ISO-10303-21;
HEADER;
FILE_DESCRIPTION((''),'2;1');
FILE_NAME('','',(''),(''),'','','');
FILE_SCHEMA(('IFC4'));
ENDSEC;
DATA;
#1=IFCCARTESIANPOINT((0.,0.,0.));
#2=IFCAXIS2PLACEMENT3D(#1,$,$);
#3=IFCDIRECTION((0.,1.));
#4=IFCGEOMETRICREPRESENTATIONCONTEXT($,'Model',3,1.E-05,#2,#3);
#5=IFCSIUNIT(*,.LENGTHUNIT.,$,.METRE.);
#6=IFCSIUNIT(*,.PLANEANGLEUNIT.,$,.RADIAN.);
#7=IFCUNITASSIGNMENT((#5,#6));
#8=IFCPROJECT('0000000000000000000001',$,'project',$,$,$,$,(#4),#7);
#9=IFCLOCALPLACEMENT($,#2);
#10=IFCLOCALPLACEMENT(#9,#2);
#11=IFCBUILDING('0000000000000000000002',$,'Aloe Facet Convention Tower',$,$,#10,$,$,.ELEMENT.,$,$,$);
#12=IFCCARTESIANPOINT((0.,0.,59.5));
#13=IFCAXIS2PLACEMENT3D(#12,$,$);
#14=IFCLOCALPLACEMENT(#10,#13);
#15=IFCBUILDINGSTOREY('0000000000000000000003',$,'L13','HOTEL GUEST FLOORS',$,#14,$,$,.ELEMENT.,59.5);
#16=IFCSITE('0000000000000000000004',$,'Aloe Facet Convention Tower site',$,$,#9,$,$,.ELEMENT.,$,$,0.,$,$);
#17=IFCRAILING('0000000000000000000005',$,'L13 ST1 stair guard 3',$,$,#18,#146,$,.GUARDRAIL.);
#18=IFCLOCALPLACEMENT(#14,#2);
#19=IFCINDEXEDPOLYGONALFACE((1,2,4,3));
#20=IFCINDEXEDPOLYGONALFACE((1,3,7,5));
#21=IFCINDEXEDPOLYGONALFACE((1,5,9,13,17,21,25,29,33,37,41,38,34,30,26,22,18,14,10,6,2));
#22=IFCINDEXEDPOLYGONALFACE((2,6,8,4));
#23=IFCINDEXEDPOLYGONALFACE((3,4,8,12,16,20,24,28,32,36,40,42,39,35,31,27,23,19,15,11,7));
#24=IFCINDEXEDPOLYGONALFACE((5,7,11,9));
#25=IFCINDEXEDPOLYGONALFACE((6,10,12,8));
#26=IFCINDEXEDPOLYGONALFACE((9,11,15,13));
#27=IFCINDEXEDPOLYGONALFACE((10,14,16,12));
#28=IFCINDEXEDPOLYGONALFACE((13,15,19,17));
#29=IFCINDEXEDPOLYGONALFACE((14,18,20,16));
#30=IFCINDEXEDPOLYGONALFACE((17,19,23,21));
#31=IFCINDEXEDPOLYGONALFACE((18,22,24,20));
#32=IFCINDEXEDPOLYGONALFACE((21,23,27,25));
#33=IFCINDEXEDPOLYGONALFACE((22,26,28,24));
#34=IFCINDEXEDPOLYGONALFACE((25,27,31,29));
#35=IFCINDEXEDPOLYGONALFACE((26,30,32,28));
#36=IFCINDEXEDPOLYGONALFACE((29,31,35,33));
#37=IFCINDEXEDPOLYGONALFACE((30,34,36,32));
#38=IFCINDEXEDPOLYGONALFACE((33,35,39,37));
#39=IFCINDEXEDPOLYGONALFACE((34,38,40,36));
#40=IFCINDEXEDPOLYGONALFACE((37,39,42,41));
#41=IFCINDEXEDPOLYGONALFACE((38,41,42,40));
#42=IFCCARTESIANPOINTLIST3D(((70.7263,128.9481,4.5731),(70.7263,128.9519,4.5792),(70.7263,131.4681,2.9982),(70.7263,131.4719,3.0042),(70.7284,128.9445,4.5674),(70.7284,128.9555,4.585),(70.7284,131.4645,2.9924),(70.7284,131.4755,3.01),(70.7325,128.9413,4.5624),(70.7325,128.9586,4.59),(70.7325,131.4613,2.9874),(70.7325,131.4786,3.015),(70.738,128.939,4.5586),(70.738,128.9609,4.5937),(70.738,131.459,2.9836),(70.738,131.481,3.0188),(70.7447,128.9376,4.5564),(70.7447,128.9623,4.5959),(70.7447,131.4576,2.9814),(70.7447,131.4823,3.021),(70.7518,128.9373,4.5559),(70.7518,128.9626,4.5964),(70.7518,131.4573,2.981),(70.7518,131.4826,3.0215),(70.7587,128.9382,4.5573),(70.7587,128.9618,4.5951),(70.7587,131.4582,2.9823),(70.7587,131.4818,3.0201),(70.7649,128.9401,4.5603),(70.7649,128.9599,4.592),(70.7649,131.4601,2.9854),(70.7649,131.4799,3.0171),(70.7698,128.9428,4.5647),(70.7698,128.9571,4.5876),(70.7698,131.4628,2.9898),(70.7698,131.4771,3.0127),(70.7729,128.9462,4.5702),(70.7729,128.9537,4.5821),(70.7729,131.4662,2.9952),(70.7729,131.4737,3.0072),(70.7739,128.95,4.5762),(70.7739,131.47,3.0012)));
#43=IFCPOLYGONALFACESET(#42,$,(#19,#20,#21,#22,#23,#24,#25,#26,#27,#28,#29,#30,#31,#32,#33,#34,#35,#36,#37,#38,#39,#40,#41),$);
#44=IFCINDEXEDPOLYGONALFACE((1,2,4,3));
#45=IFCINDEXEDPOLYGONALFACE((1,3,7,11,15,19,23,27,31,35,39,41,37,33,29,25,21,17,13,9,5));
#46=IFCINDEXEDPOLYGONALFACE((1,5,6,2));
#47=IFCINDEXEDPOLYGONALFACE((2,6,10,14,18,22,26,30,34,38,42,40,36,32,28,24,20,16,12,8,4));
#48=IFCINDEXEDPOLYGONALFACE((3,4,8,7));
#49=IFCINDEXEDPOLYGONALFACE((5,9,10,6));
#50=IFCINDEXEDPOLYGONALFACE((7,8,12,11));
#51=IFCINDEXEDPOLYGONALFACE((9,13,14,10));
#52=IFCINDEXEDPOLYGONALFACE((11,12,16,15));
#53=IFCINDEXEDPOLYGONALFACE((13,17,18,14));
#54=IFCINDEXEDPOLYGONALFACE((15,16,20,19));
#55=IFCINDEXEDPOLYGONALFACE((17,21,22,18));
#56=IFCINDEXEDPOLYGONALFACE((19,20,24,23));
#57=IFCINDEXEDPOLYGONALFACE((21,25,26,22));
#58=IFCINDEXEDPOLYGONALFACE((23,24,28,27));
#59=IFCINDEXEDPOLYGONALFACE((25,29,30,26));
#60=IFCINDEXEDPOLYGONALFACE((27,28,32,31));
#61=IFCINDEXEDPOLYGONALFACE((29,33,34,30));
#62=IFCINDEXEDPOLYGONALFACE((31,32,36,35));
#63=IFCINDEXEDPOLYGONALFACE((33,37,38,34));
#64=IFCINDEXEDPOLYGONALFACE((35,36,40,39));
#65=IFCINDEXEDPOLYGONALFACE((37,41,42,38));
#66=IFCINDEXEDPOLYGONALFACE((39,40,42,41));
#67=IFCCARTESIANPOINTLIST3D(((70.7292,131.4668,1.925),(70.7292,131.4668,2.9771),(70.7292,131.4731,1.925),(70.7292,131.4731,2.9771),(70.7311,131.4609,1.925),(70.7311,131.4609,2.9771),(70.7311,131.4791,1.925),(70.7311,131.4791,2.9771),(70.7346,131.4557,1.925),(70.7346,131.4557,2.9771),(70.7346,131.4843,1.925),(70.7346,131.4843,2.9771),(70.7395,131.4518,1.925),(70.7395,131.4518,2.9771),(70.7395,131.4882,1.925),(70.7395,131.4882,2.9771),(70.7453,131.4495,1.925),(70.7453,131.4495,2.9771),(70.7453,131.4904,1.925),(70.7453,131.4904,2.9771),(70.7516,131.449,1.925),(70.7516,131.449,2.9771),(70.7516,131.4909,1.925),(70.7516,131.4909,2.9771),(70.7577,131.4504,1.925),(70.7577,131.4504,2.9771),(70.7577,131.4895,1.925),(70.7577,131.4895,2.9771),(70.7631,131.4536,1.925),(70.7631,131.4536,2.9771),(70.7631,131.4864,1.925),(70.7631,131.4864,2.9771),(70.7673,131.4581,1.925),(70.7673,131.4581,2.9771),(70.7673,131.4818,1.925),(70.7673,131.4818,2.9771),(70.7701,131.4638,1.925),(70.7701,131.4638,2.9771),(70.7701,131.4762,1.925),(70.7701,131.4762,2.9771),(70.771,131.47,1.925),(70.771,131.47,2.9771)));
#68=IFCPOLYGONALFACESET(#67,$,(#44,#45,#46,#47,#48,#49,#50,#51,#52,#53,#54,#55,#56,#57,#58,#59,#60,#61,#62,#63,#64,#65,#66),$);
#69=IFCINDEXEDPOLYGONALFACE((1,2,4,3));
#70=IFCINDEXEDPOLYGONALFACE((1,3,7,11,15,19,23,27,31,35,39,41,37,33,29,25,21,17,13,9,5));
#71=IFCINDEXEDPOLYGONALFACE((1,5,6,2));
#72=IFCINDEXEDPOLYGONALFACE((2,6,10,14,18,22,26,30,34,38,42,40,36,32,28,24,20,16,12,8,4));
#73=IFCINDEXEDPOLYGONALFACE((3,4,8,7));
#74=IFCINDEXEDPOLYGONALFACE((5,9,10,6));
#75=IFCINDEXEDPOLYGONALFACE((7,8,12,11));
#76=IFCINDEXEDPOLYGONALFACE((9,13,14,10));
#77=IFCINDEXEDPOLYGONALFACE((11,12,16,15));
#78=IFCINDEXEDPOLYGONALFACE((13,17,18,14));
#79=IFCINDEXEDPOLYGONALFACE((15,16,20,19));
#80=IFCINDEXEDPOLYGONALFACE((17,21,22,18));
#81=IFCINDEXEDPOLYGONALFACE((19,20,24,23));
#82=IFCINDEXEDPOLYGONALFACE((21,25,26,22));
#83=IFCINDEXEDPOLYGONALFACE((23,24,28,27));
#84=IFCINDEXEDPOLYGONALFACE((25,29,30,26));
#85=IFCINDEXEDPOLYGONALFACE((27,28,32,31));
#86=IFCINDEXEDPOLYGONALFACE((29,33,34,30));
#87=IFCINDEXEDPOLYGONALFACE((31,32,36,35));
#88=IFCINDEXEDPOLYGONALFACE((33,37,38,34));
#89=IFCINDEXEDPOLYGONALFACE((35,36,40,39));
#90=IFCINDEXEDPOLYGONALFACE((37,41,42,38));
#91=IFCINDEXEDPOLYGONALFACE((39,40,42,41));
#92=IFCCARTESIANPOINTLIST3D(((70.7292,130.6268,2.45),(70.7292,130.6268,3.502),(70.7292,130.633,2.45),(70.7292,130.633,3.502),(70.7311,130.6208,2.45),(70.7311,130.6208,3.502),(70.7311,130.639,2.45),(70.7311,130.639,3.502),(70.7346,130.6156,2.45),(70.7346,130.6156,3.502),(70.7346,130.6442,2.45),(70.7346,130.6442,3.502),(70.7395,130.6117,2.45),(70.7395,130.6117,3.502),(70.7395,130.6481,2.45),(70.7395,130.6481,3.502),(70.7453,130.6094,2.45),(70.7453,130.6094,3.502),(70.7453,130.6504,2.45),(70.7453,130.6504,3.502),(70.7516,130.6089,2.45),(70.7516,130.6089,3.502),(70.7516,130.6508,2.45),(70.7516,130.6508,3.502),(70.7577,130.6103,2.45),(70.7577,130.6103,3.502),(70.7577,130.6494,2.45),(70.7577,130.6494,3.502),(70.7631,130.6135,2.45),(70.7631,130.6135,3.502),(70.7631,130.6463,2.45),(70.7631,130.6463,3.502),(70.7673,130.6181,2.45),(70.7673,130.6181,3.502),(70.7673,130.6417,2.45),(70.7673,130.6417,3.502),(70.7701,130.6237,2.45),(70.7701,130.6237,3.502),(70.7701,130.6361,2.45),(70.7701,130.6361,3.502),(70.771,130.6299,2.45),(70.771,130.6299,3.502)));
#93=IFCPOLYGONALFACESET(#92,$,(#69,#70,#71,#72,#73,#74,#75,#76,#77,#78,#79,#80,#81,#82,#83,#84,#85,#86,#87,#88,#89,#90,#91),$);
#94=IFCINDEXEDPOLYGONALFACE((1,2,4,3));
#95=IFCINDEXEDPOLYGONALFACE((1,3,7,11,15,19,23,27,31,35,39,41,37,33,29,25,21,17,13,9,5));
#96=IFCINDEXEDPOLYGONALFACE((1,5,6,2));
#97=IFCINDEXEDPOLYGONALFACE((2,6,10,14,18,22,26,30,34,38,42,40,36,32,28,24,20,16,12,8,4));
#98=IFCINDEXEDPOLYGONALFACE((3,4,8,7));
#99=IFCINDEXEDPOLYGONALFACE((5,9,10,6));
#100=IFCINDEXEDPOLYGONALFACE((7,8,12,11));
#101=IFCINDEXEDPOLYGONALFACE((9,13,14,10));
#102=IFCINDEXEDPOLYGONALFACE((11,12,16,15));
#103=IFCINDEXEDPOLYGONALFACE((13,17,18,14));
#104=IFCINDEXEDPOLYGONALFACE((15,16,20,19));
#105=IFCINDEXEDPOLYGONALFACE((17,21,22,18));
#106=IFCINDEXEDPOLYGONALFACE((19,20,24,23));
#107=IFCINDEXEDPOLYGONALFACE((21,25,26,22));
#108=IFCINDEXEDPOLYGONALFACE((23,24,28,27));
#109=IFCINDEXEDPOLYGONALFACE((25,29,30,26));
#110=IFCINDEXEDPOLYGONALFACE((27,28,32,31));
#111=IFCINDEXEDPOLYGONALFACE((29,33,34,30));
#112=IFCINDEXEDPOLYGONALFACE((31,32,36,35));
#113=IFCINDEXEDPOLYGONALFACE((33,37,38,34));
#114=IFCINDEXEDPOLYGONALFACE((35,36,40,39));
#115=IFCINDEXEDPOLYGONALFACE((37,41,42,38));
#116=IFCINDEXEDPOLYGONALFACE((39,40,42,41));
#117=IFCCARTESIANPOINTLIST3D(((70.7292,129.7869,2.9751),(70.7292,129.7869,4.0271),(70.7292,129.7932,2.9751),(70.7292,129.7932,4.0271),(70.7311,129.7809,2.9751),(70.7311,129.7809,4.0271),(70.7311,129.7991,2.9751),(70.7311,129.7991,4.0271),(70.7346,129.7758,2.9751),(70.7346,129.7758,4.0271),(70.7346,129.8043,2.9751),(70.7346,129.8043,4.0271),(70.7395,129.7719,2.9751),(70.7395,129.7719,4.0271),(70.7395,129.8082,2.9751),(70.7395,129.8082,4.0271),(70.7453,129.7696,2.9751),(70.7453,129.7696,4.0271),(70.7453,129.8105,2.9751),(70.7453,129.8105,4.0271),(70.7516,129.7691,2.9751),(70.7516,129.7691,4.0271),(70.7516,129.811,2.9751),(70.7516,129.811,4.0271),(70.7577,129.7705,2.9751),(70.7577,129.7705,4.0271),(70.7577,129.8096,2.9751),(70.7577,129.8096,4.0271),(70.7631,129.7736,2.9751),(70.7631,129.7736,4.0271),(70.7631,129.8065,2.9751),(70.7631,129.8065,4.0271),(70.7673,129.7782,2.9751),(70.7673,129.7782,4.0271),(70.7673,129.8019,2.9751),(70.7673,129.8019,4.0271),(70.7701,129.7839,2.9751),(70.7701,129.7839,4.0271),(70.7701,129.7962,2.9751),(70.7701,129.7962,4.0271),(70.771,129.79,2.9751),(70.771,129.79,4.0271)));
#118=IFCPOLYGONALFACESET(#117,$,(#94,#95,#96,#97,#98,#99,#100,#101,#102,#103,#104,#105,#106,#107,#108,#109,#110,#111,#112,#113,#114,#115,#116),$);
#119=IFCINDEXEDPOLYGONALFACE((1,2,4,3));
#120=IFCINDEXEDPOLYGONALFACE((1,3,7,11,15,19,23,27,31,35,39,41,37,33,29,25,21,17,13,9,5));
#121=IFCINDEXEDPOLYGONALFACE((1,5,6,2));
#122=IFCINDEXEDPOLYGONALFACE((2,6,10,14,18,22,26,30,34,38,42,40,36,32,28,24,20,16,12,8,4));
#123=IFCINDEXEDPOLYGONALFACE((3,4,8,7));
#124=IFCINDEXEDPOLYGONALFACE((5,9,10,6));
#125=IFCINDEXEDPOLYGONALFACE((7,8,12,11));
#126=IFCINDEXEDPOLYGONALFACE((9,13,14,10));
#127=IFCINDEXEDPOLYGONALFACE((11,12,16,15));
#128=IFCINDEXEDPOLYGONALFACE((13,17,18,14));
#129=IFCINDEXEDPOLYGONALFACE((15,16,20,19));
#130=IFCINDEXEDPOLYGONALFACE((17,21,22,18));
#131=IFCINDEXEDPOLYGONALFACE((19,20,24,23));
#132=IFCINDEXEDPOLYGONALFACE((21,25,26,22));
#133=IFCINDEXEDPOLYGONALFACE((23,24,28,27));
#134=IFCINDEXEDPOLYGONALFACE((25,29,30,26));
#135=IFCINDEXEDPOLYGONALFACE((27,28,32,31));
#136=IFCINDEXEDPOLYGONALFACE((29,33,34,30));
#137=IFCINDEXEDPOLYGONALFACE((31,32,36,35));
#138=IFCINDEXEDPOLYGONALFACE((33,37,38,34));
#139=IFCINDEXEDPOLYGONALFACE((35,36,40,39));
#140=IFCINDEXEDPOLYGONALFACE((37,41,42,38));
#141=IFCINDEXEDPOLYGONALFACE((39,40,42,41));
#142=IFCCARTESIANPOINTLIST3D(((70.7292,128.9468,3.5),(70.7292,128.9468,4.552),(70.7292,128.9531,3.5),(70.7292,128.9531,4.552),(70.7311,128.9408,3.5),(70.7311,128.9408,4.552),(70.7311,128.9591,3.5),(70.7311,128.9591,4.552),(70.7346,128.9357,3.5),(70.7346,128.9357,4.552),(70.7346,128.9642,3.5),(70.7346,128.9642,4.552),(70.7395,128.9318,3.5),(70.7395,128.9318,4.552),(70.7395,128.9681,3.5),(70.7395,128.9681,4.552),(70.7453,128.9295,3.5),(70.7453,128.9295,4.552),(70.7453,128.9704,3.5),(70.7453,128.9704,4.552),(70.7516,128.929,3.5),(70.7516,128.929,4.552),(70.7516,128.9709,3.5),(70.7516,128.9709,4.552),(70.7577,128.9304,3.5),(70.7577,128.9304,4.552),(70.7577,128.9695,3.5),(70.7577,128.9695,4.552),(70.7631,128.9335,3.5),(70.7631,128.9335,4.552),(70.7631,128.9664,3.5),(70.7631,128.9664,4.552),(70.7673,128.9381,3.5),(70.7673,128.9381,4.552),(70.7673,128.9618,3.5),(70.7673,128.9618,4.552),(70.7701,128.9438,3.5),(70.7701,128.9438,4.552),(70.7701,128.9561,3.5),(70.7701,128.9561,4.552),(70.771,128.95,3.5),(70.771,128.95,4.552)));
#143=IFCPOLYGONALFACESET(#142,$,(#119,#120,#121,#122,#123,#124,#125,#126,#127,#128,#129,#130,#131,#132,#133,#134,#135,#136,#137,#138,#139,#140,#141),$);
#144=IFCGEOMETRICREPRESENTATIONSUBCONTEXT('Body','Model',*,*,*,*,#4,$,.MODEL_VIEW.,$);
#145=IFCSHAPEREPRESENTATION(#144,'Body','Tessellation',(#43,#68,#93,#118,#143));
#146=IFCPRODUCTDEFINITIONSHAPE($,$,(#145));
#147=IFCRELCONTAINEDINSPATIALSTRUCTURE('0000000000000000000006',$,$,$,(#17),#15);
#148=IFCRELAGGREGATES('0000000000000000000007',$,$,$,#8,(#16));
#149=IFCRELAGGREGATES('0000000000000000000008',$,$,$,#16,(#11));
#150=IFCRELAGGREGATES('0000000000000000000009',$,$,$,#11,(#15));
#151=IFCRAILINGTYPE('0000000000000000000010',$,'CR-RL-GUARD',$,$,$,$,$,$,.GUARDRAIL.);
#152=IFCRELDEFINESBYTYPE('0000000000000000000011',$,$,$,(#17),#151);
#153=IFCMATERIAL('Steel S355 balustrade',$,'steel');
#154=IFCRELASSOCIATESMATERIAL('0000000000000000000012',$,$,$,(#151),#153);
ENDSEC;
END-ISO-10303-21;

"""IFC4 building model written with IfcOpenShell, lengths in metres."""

from ifc_helpers import new_model, si_unit, direction, frame, origin, origin_2d, place, context, subcontext, project, spatial, circle, extrude, material, type_object, element, save


model = new_model("IFC4")

# Units and contexts
model_context = context("Model", 3, precision=1e-05, world=origin(), true_north=direction((0.0, 1.0)))
body_context = subcontext(model_context, "Body", "Model", "MODEL_VIEW")
ifc_project = project(units=[si_unit("LENGTHUNIT", "METRE"), si_unit("PLANEANGLEUNIT", "RADIAN")], contexts=[model_context])

# Site, building, storey
site_placement = place(None, origin())
site = spatial("IfcSite", under=ifc_project, at=site_placement, Name="Aloe Facet Convention Tower site", CompositionType="ELEMENT", RefElevation=0.0)
building_placement = place(site_placement, origin())
building = spatial("IfcBuilding", under=site, at=building_placement, Name="Aloe Facet Convention Tower", CompositionType="ELEMENT")
storey_placement = place(building_placement, frame((0.0, 0.0, 59.5)))
storey = spatial("IfcBuildingStorey", under=building, at=storey_placement, Name="L13", Description="HOTEL GUEST FLOORS", CompositionType="ELEMENT", Elevation=59.5)

# Railing
ifc_material_1 = material(Name="Steel S355 balustrade", Category="steel")
railing_type_1 = type_object("IfcRailingType", Name="CR-RL-GUARD", PredefinedType="GUARDRAIL", material=ifc_material_1)
railing_1_placement = place(storey_placement, frame((70.75, 131.47, 1.925)))
element("IfcRailing", 1, at=railing_1_placement, inside=storey, type_object=railing_type_1, Name="L13 ST1 stair guard 3", PredefinedType="GUARDRAIL", context=body_context, shape_type="SweptSolid", body=[
    extrude(circle(Radius=0.0239, at=origin_2d()), frame((0.0, 0.0, 1.0762), z_axis=(0.0, -0.848008, 0.529984), x_axis=(1.0, 0.0, 0.0)), (0.0, 0.0, 1.0), 2.9717),
    extrude(circle(Radius=0.021, at=origin_2d()), origin(), (0.0, 0.0, 1.0), 1.052),
    extrude(circle(Radius=0.021, at=origin_2d()), frame((0.0, -0.8401, 0.5249)), (0.0, 0.0, 1.0), 1.052),
    extrude(circle(Radius=0.021, at=origin_2d()), frame((0.0, -1.6799, 1.05)), (0.0, 0.0, 1.0), 1.052),
    extrude(circle(Radius=0.021, at=origin_2d()), frame((0.0, -2.52, 1.575)), (0.0, 0.0, 1.0), 1.052),
])

save(model, "model.ifc")
